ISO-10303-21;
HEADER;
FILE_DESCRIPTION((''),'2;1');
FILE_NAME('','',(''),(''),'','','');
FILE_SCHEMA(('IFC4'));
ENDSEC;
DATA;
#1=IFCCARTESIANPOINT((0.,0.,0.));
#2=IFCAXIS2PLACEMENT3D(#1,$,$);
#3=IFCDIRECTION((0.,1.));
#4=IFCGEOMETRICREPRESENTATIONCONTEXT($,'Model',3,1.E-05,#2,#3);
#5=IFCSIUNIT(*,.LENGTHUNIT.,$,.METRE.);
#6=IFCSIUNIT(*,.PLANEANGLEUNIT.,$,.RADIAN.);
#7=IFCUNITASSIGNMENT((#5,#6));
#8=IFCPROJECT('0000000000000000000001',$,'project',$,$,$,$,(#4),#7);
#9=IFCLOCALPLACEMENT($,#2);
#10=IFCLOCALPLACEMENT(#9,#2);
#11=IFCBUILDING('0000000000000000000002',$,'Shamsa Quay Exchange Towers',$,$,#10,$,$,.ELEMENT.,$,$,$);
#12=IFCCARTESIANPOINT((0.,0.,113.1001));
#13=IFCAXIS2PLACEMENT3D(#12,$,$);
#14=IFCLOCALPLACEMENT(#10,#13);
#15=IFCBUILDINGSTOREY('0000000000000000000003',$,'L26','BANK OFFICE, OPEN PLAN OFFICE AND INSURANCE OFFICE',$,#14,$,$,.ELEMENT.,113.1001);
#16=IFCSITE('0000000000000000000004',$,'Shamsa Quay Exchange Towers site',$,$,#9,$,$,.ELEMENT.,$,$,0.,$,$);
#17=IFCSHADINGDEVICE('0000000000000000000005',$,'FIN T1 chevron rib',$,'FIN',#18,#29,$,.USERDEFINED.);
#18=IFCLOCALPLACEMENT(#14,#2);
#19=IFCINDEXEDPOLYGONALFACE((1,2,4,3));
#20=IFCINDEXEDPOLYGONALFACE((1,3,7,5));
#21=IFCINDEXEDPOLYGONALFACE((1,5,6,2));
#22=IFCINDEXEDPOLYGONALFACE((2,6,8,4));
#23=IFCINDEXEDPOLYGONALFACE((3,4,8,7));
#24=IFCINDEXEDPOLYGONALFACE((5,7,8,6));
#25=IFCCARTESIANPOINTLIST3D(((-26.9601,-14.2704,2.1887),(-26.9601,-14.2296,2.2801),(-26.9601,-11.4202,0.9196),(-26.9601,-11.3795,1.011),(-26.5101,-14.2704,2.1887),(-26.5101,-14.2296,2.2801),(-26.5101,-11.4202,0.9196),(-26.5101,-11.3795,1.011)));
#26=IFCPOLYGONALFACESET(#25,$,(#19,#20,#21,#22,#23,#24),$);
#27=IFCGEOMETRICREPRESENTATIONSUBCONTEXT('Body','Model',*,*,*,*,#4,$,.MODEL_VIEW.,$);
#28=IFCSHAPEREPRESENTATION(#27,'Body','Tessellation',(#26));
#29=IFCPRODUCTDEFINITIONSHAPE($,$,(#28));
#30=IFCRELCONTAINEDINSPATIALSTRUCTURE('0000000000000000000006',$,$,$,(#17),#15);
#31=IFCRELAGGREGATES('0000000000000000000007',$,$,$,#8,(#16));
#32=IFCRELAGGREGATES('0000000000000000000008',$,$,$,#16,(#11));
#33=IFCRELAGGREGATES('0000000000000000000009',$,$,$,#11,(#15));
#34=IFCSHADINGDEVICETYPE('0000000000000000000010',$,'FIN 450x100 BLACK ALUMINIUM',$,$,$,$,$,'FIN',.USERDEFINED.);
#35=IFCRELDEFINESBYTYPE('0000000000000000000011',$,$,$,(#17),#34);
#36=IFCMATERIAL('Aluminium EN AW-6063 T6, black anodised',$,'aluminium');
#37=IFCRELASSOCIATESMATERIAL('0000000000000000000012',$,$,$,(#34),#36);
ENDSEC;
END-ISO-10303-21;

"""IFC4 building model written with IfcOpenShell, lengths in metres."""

from ifc_helpers import new_model, si_unit, direction, frame, origin, origin_2d, place, context, subcontext, project, spatial, rectangle, extrude, material, material_profile, profile_set, type_object, element, save


model = new_model("IFC4")

# Units and contexts
model_context = context("Model", 3, precision=1e-05, world=origin(), true_north=direction((0.0, 1.0)))
body_context = subcontext(model_context, "Body", "Model", "MODEL_VIEW")
ifc_project = project(units=[si_unit("LENGTHUNIT", "METRE"), si_unit("PLANEANGLEUNIT", "RADIAN")], contexts=[model_context])

# Site, building, storey
site_placement = place(None, origin())
site = spatial("IfcSite", under=ifc_project, at=site_placement, Name="Shamsa Quay Exchange Towers site", CompositionType="ELEMENT", RefElevation=0.0)
building_placement = place(site_placement, origin())
building = spatial("IfcBuilding", under=site, at=building_placement, Name="Shamsa Quay Exchange Towers", CompositionType="ELEMENT")
storey_placement = place(building_placement, frame((0.0, 0.0, 113.1001)))
storey = spatial("IfcBuildingStorey", under=building, at=storey_placement, Name="L26", Description="BANK OFFICE, OPEN PLAN OFFICE AND INSURANCE OFFICE", CompositionType="ELEMENT", Elevation=113.1001)

# Shared definitions
ifc_material_1 = material(Name="Aluminium EN AW-6063 T6, black anodised", Category="aluminium")

# Shading device
ifc_material_profile_1 = material_profile(ifc_material_1, rectangle(XDim=0.45, YDim=0.1001, at=origin_2d()), Name="FIN450x100")
ifc_profile_set_1 = profile_set([ifc_material_profile_1], Name="Aluminium EN AW-6063 T6, black anodised")
shading_device_type = type_object("IfcShadingDeviceType", Name="FIN 450x100 BLACK ALUMINIUM", ElementType="FIN", PredefinedType="USERDEFINED", material=ifc_profile_set_1)
shading_device_1_placement = place(storey_placement, frame((-26.7351, -14.25, 2.2344), z_axis=(0.0, 0.913534, -0.406763), x_axis=(-1.0, 0.0, 0.0)))
element("IfcShadingDevice", 1, at=shading_device_1_placement, inside=storey, type_object=shading_device_type, Name="FIN T1 chevron rib", ObjectType="FIN", PredefinedType="USERDEFINED", context=body_context, shape_type="SweptSolid", body=[
    extrude(rectangle(XDim=0.45, YDim=0.1001, at=origin_2d()), origin(), (0.0, 0.0, 1.0), 3.1199),
])

save(model, "model.ifc")
